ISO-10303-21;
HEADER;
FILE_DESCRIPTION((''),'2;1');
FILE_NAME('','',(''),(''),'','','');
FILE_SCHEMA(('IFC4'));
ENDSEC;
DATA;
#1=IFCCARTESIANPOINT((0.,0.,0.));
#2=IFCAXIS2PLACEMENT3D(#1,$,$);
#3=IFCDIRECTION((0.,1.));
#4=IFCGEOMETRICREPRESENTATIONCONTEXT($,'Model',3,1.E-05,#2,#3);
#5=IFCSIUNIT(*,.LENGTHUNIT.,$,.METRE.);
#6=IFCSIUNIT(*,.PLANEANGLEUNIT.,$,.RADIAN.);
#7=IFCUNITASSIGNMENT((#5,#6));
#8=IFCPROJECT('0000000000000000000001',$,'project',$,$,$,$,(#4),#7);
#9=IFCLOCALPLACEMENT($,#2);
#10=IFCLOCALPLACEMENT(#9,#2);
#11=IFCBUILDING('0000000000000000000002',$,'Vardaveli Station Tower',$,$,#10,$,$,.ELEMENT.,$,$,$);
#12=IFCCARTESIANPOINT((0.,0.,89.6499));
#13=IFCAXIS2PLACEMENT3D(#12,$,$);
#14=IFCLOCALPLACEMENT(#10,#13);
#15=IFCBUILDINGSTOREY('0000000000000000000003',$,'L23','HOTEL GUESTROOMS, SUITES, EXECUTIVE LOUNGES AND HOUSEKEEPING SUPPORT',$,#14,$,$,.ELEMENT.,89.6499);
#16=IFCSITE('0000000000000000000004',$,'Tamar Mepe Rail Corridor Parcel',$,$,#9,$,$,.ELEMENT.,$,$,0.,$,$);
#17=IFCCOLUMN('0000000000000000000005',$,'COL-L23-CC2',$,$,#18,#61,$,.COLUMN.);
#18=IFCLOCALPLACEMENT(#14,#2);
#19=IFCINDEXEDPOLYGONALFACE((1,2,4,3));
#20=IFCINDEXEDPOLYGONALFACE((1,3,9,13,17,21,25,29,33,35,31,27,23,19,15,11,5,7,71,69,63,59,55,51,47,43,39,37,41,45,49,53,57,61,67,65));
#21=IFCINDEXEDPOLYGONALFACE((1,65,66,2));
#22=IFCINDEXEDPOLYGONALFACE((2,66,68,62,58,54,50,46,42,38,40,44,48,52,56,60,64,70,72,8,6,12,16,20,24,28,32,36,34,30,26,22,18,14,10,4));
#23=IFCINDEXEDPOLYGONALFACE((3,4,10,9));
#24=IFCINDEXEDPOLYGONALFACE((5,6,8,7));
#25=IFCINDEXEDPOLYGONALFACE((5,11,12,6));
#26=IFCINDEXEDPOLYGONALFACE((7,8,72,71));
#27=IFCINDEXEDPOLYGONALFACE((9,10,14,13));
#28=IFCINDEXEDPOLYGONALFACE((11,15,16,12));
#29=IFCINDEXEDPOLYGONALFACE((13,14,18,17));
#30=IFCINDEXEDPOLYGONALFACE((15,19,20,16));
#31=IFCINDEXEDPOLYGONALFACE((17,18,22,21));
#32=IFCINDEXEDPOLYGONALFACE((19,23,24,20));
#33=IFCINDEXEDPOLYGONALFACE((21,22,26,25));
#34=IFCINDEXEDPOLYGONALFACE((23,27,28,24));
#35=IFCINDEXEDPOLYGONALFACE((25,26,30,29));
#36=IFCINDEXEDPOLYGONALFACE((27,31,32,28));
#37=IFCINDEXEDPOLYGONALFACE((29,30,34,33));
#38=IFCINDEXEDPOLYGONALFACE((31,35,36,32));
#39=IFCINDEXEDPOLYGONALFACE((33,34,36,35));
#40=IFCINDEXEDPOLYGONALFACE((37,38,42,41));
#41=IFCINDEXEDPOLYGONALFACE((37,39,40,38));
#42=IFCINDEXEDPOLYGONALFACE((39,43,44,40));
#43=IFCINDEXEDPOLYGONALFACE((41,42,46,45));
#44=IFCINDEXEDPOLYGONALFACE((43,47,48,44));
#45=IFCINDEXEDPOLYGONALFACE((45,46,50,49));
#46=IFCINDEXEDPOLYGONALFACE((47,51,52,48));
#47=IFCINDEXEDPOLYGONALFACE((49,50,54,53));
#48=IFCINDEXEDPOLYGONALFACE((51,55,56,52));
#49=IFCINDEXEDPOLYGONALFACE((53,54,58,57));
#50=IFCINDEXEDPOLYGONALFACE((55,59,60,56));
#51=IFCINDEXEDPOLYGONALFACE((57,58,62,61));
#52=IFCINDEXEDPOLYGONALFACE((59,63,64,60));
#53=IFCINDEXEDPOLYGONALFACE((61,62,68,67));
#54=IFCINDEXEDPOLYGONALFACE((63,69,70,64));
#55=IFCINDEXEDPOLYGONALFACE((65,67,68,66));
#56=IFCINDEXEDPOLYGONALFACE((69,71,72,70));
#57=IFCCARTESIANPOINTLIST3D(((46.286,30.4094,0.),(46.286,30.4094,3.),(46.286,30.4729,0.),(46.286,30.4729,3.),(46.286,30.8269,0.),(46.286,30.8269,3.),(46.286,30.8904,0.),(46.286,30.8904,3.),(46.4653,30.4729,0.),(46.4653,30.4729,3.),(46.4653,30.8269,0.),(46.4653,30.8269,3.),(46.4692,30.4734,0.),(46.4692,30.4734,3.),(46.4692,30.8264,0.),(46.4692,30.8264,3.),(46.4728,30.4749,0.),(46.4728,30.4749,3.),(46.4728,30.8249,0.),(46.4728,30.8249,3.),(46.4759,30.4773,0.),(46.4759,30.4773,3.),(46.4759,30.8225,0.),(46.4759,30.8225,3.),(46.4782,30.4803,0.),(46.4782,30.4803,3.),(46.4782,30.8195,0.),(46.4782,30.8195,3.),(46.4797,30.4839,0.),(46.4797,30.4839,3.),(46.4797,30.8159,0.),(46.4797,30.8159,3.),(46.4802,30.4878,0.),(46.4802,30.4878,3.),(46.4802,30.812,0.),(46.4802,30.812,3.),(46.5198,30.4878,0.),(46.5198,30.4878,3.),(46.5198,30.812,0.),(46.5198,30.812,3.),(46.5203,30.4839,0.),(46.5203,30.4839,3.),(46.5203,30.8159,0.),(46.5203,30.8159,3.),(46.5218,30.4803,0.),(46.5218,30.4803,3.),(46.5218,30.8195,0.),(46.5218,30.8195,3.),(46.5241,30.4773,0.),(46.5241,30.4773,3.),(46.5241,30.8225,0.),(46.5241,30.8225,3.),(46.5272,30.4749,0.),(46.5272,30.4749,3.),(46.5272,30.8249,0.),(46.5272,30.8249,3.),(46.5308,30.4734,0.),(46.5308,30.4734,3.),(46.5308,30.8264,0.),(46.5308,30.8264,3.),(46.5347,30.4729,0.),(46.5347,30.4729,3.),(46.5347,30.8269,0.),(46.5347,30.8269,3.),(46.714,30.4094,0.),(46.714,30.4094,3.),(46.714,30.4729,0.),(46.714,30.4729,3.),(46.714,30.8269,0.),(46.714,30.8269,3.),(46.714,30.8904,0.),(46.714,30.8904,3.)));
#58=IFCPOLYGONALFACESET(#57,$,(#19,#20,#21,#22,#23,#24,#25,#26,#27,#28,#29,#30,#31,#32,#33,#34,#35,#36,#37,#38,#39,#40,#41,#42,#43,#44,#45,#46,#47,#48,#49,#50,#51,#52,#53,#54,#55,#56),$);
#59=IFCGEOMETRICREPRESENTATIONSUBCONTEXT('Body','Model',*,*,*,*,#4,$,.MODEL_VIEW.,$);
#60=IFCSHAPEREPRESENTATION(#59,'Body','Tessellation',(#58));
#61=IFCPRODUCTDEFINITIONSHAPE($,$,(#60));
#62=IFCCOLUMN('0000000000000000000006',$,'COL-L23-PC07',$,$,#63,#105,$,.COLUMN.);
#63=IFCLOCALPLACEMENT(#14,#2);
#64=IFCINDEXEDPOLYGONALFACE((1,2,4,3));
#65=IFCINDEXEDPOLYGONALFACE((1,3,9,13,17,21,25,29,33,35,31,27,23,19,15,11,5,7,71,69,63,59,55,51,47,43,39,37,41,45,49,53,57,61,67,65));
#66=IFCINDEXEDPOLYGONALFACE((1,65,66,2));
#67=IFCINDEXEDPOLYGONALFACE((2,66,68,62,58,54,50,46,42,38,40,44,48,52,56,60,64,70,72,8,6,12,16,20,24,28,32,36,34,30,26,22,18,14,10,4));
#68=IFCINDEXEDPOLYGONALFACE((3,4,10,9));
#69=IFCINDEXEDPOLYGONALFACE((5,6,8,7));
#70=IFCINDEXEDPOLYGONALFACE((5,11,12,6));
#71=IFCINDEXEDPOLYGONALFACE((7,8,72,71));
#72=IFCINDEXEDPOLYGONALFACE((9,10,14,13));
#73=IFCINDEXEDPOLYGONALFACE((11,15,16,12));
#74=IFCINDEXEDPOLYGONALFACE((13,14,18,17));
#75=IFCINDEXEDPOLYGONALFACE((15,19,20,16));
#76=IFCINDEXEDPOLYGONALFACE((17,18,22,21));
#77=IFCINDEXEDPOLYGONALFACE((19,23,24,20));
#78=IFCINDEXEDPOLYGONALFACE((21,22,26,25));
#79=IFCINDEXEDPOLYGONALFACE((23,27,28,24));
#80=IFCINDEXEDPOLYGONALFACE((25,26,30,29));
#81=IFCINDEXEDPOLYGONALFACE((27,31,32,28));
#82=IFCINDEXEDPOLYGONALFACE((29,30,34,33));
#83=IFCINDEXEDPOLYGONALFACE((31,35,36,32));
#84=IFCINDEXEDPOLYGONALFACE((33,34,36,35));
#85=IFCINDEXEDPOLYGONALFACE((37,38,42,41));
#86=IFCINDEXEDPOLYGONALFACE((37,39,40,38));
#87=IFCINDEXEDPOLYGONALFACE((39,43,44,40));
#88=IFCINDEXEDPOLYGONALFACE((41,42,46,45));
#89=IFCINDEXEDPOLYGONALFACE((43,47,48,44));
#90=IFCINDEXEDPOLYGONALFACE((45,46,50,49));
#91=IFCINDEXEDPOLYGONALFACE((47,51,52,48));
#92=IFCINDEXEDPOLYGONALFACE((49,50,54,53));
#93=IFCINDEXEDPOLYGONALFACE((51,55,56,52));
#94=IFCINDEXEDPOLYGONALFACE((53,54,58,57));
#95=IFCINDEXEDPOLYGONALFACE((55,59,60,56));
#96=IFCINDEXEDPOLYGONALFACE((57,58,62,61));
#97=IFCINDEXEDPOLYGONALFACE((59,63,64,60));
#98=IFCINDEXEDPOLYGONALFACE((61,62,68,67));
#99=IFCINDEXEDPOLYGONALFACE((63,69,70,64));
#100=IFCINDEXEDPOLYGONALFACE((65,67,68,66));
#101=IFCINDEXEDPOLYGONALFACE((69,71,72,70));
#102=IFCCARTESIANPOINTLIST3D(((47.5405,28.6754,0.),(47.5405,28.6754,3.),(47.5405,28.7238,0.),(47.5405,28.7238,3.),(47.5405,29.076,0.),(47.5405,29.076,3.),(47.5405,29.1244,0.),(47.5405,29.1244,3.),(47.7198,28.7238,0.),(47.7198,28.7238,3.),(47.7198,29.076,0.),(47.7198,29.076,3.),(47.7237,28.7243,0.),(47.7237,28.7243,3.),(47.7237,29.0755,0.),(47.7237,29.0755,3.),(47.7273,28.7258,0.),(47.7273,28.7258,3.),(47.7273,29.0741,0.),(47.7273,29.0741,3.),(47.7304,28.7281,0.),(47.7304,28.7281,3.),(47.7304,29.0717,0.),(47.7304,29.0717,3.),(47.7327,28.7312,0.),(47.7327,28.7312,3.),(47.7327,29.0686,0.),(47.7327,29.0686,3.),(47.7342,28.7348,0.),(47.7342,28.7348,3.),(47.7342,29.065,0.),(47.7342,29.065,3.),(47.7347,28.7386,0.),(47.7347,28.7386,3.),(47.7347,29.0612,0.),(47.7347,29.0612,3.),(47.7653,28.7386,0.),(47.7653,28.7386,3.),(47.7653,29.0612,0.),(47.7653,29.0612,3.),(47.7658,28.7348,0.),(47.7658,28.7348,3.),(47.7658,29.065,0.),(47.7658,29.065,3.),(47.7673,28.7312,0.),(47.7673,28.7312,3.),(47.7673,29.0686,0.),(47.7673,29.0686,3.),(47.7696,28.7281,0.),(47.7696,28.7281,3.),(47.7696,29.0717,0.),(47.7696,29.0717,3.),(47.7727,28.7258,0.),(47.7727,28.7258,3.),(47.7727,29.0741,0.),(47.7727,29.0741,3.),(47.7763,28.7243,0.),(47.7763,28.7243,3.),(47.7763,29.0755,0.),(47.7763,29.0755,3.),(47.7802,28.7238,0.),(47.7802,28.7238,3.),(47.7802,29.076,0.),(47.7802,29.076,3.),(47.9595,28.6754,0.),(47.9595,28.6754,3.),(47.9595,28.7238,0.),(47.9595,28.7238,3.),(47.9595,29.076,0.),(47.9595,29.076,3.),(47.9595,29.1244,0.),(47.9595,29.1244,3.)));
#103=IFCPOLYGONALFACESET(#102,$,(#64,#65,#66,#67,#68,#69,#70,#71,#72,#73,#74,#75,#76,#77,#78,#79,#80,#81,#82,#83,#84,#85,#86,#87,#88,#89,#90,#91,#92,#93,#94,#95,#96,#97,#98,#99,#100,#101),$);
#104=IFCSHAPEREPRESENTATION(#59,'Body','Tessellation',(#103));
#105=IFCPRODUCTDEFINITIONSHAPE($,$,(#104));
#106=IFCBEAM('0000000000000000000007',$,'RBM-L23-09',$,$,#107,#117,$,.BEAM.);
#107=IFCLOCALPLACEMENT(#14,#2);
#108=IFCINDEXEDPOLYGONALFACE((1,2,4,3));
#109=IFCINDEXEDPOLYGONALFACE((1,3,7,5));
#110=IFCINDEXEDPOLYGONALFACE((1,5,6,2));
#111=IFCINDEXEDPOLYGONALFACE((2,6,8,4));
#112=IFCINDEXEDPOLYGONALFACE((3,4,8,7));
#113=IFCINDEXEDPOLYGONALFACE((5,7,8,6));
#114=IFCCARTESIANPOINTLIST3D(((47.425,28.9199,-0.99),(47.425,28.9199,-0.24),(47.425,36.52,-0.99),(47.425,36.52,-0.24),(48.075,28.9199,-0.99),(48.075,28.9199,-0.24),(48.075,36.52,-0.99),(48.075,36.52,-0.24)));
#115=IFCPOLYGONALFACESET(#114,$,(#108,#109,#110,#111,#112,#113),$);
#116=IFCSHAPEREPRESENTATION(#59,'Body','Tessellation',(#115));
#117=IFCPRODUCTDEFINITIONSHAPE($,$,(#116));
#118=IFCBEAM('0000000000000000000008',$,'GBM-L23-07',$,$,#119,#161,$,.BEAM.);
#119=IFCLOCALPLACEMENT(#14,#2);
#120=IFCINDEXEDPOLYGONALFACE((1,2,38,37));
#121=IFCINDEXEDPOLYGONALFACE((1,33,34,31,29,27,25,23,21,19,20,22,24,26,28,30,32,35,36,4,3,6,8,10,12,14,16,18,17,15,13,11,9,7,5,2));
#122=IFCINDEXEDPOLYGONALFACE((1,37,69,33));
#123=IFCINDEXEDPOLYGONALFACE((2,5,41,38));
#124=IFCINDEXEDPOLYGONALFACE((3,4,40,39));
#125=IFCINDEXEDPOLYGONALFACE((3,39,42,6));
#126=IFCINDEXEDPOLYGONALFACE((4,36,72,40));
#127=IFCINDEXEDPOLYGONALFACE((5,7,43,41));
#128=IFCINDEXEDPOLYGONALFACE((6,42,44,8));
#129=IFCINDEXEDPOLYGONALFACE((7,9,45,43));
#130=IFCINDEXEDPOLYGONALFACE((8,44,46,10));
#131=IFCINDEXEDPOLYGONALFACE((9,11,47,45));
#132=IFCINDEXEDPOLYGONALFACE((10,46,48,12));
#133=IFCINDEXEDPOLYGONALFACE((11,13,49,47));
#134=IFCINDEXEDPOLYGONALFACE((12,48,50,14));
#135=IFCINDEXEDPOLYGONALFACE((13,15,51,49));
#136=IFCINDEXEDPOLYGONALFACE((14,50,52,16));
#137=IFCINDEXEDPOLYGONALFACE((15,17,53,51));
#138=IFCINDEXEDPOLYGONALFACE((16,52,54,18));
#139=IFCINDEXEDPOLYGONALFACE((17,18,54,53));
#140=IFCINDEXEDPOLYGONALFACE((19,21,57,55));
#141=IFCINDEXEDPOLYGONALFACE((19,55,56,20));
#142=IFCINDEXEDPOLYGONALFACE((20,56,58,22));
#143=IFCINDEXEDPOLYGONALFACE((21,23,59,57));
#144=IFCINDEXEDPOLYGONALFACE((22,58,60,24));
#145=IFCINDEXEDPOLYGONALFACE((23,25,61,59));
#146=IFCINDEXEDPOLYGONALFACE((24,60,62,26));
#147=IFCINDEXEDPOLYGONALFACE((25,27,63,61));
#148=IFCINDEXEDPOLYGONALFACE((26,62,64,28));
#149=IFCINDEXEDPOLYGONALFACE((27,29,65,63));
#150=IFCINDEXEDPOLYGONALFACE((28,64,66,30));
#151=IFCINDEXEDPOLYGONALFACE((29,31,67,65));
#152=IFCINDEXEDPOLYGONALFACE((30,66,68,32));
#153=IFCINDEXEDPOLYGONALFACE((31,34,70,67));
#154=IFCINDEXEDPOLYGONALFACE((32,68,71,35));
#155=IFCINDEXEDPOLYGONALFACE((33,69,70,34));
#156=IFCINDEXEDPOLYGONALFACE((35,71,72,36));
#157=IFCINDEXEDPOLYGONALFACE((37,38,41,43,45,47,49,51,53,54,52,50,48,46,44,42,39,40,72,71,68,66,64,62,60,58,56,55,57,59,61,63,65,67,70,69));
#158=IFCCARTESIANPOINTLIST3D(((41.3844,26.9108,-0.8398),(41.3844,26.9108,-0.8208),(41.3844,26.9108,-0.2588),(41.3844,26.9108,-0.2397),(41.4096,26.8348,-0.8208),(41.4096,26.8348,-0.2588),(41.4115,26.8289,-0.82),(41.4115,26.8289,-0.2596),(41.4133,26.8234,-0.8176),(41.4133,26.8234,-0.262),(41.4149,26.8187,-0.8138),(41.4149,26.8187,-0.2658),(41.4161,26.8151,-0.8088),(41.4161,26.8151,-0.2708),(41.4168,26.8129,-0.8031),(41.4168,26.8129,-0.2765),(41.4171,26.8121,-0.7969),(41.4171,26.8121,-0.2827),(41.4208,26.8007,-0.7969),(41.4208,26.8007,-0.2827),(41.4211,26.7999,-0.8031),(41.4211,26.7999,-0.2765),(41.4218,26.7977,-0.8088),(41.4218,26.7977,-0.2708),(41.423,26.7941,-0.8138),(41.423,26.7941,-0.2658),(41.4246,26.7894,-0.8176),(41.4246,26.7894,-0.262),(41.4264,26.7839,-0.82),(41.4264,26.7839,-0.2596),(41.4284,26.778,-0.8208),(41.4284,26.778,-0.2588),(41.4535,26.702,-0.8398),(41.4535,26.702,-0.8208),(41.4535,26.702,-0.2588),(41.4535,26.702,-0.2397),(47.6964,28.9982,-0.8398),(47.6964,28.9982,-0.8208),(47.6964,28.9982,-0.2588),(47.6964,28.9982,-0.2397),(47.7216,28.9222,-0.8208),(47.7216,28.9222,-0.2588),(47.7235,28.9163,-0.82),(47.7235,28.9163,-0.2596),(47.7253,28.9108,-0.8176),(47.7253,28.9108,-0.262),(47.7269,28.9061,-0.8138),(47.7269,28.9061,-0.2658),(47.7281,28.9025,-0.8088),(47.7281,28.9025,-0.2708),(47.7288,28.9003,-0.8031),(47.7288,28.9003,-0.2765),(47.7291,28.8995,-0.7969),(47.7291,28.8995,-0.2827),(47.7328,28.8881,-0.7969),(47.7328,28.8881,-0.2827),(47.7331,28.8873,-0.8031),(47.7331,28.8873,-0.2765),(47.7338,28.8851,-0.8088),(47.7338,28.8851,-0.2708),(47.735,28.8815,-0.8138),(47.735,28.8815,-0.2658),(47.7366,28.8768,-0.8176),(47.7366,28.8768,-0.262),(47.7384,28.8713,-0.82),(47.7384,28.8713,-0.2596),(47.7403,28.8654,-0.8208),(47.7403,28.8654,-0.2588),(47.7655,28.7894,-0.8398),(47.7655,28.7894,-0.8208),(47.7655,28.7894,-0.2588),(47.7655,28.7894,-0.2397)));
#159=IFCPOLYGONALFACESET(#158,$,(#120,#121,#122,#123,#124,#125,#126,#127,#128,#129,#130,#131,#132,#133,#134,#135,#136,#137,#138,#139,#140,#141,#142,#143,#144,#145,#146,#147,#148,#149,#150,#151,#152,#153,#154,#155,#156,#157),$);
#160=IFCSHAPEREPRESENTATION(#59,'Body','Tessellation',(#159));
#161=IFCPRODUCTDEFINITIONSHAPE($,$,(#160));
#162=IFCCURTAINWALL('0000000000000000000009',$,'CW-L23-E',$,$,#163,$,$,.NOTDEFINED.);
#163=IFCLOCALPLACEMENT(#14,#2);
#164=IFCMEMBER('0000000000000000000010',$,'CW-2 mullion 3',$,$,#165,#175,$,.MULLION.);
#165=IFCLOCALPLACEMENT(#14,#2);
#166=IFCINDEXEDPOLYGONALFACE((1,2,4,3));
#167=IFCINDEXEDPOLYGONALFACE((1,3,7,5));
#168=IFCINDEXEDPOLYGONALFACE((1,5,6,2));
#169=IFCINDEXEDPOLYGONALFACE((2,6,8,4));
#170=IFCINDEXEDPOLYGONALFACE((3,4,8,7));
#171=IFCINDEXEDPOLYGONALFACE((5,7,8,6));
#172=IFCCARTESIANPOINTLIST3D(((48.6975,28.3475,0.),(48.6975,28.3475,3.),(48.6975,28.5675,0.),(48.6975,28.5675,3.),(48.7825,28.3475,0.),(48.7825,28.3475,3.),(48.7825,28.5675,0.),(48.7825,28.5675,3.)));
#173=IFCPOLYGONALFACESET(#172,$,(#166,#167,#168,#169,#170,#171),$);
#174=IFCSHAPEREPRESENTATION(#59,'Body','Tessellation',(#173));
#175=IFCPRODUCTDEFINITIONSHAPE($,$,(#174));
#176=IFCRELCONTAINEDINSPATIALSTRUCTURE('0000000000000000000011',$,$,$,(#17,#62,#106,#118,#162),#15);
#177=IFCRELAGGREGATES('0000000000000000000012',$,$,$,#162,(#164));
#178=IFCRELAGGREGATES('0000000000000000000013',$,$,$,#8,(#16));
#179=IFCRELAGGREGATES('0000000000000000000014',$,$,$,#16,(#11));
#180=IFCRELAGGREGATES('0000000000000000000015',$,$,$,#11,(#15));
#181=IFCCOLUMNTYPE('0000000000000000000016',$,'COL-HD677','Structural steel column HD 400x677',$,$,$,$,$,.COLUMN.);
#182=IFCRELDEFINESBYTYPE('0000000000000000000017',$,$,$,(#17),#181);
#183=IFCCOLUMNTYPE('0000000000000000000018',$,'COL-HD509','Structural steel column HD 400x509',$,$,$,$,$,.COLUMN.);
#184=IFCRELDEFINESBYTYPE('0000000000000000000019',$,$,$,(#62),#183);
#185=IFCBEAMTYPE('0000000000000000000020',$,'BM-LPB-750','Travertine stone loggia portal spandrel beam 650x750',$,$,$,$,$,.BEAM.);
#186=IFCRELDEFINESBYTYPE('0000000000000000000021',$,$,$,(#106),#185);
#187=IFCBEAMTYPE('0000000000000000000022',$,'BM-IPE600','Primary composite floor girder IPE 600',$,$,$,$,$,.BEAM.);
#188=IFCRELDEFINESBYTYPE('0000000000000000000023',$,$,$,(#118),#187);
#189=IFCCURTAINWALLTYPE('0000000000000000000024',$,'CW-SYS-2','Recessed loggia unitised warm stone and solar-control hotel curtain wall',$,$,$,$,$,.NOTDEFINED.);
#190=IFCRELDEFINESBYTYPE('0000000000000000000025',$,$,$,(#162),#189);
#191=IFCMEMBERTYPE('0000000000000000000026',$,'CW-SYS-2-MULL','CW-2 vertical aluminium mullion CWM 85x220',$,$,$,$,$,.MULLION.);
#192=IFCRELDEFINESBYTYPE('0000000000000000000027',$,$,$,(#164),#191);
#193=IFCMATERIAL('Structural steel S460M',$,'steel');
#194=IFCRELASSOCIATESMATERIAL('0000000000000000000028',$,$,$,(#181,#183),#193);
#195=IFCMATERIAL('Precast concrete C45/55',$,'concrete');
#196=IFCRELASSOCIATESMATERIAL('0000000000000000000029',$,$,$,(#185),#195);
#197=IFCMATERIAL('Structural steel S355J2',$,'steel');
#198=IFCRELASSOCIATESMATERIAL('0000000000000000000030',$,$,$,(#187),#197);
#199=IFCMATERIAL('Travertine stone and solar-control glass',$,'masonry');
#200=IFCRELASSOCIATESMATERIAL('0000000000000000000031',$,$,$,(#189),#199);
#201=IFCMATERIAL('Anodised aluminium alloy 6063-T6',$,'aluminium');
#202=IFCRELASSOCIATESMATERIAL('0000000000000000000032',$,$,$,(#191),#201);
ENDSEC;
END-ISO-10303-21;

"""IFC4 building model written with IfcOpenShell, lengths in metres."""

from ifc_helpers import new_model, si_unit, direction, frame, origin, origin_2d, place, context, subcontext, project, spatial, rectangle, i_section, extrude, source, transform, mapped, material, material_profile, profile_set, type_object, element, aggregate, save


model = new_model("IFC4")

# Units and contexts
model_context = context("Model", 3, precision=1e-05, world=origin(), true_north=direction((0.0, 1.0)))
body_context = subcontext(model_context, "Body", "Model", "MODEL_VIEW")
ifc_project = project(units=[si_unit("LENGTHUNIT", "METRE"), si_unit("PLANEANGLEUNIT", "RADIAN")], contexts=[model_context])

# Site, building, storey
site_placement = place(None, origin())
site = spatial("IfcSite", under=ifc_project, at=site_placement, Name="Tamar Mepe Rail Corridor Parcel", CompositionType="ELEMENT", RefElevation=0.0)
building_placement = place(site_placement, origin())
building = spatial("IfcBuilding", under=site, at=building_placement, Name="Vardaveli Station Tower", CompositionType="ELEMENT")
storey_placement = place(building_placement, frame((0.0, 0.0, 89.6499)))
storey = spatial("IfcBuildingStorey", under=building, at=storey_placement, Name="L23", Description="HOTEL GUESTROOMS, SUITES, EXECUTIVE LOUNGES AND HOUSEKEEPING SUPPORT", CompositionType="ELEMENT", Elevation=89.6499)

# Columns
ifc_material_1 = material(Name="Structural steel S460M", Category="steel")
ifc_material_profile_1 = material_profile(ifc_material_1, i_section(OverallWidth=0.428, OverallDepth=0.481, WebThickness=0.0396, FlangeThickness=0.0635, FilletRadius=0.0149, at=origin_2d()), Name="HD 400x677")
ifc_profile_set_1 = profile_set([ifc_material_profile_1], Name="Structural steel S460M")
column_type_1 = type_object("IfcColumnType", Name="COL-HD677", Description="Structural steel column HD 400x677", PredefinedType="COLUMN", material=ifc_profile_set_1)
shared_shape_1 = source(origin(), body_context, "Body", "SweptSolid", [
    extrude(i_section(OverallWidth=0.428, OverallDepth=0.481, WebThickness=0.0396, FlangeThickness=0.0635, FilletRadius=0.0149, at=origin_2d()), origin(), (0.0, 0.0, 1.0), 3.0),
])
column_1_placement = place(storey_placement, frame((46.5, 30.6499, 0.0), z_axis=(0.0, 0.0, 1.0), x_axis=(1.0, 0.0, 0.0)))
element("IfcColumn", 1, at=column_1_placement, inside=storey, type_object=column_type_1, Name="COL-L23-CC2", PredefinedType="COLUMN", context=body_context, shape_type="MappedRepresentation", body=[
    mapped(shared_shape_1, transform((0.0, 0.0, 0.0), scale=1.0)),
])
ifc_material_profile_2 = material_profile(ifc_material_1, i_section(OverallWidth=0.4189, OverallDepth=0.449, WebThickness=0.0305, FlangeThickness=0.0483, FilletRadius=0.0149, at=origin_2d()), Name="HD 400x509")
ifc_profile_set_2 = profile_set([ifc_material_profile_2], Name="Structural steel S460M")
column_type_2 = type_object("IfcColumnType", Name="COL-HD509", Description="Structural steel column HD 400x509", PredefinedType="COLUMN", material=ifc_profile_set_2)
shared_shape_2 = source(origin(), body_context, "Body", "SweptSolid", [
    extrude(i_section(OverallWidth=0.4189, OverallDepth=0.449, WebThickness=0.0305, FlangeThickness=0.0483, FilletRadius=0.0149, at=origin_2d()), origin(), (0.0, 0.0, 1.0), 3.0),
])
column_2_placement = place(storey_placement, frame((47.75, 28.8999, 0.0), z_axis=(0.0, 0.0, 1.0), x_axis=(1.0, 0.0, 0.0)))
element("IfcColumn", 2, at=column_2_placement, inside=storey, type_object=column_type_2, Name="COL-L23-PC07", PredefinedType="COLUMN", context=body_context, shape_type="MappedRepresentation", body=[
    mapped(shared_shape_2, transform((0.0, 0.0, 0.0), scale=1.0)),
])

# Beams
ifc_material_2 = material(Name="Precast concrete C45/55", Category="concrete")
ifc_material_profile_3 = material_profile(ifc_material_2, rectangle(XDim=0.6499, YDim=0.75, at=origin_2d()), Name="LPB 650x750")
ifc_profile_set_3 = profile_set([ifc_material_profile_3], Name="Precast concrete C45/55")
beam_type_1 = type_object("IfcBeamType", Name="BM-LPB-750", Description="Travertine stone loggia portal spandrel beam 650x750", PredefinedType="BEAM", material=ifc_profile_set_3)
shared_shape_3 = source(origin(), body_context, "Body", "SweptSolid", [
    extrude(rectangle(XDim=0.6499, YDim=0.75, at=origin_2d()), origin(), (0.0, 0.0, 1.0), 7.6001),
])
beam_1_placement = place(storey_placement, frame((47.75, 28.9199, -0.615), z_axis=(0.0, 1.0, 0.0), x_axis=(-1.0, 0.0, 0.0)))
element("IfcBeam", 3, at=beam_1_placement, inside=storey, type_object=beam_type_1, Name="RBM-L23-09", PredefinedType="BEAM", context=body_context, shape_type="MappedRepresentation", body=[
    mapped(shared_shape_3, transform((0.0, 0.0, 0.0), scale=1.0)),
])
ifc_material_3 = material(Name="Structural steel S355J2", Category="steel")
ifc_material_profile_4 = material_profile(ifc_material_3, i_section(OverallWidth=0.22, OverallDepth=0.6001, WebThickness=0.012, FlangeThickness=0.019, FilletRadius=0.0239, at=origin_2d()), Name="IPE 600")
ifc_profile_set_4 = profile_set([ifc_material_profile_4], Name="Structural steel S355J2")
beam_type_2 = type_object("IfcBeamType", Name="BM-IPE600", Description="Primary composite floor girder IPE 600", PredefinedType="BEAM", material=ifc_profile_set_4)
shared_shape_4 = source(origin(), body_context, "Body", "SweptSolid", [
    extrude(i_section(OverallWidth=0.22, OverallDepth=0.6001, WebThickness=0.012, FlangeThickness=0.019, FilletRadius=0.0239, at=origin_2d()), origin(), (0.0, 0.0, 1.0), 6.6482),
])
beam_2_placement = place(storey_placement, frame((47.731, 28.8938, -0.5398), z_axis=(-0.94943, -0.313979, 0.0), x_axis=(0.313979, -0.94943, 0.0)))
element("IfcBeam", 4, at=beam_2_placement, inside=storey, type_object=beam_type_2, Name="GBM-L23-07", PredefinedType="BEAM", context=body_context, shape_type="MappedRepresentation", body=[
    mapped(shared_shape_4, transform((0.0, 0.0, 0.0), scale=1.0)),
])

# Curtain wall, member
ifc_material_4 = material(Name="Travertine stone and solar-control glass", Category="masonry")
curtain_wall_type = type_object("IfcCurtainWallType", Name="CW-SYS-2", Description="Recessed loggia unitised warm stone and solar-control hotel curtain wall", PredefinedType="NOTDEFINED", material=ifc_material_4)
curtain_wall_placement = place(storey_placement, origin())
curtain_wall = element("IfcCurtainWall", 5, at=curtain_wall_placement, inside=storey, type_object=curtain_wall_type, Name="CW-L23-E", PredefinedType="NOTDEFINED")
ifc_material_5 = material(Name="Anodised aluminium alloy 6063-T6", Category="aluminium")
ifc_material_profile_5 = material_profile(ifc_material_5, rectangle(XDim=0.085, YDim=0.22, at=origin_2d()), Name="CWM 85x220")
ifc_profile_set_5 = profile_set([ifc_material_profile_5], Name="Anodised aluminium alloy 6063-T6")
member_type = type_object("IfcMemberType", Name="CW-SYS-2-MULL", Description="CW-2 vertical aluminium mullion CWM 85x220", PredefinedType="MULLION", material=ifc_profile_set_5)
shared_shape_5 = source(origin(), body_context, "Body", "SweptSolid", [
    extrude(rectangle(XDim=0.085, YDim=0.22, at=origin_2d()), origin(), (0.0, 0.0, 1.0), 3.0),
])
member_placement = place(storey_placement, frame((48.74, 28.4575, 0.0), z_axis=(0.0, 0.0, 1.0), x_axis=(-1.0, 0.0, 0.0)))
member = element("IfcMember", 6, at=member_placement, type_object=member_type, Name="CW-2 mullion 3", PredefinedType="MULLION", context=body_context, shape_type="MappedRepresentation", body=[
    mapped(shared_shape_5, transform((0.0, 0.0, 0.0), scale=1.0)),
])
aggregate(curtain_wall, [member])

save(model, "model.ifc")
